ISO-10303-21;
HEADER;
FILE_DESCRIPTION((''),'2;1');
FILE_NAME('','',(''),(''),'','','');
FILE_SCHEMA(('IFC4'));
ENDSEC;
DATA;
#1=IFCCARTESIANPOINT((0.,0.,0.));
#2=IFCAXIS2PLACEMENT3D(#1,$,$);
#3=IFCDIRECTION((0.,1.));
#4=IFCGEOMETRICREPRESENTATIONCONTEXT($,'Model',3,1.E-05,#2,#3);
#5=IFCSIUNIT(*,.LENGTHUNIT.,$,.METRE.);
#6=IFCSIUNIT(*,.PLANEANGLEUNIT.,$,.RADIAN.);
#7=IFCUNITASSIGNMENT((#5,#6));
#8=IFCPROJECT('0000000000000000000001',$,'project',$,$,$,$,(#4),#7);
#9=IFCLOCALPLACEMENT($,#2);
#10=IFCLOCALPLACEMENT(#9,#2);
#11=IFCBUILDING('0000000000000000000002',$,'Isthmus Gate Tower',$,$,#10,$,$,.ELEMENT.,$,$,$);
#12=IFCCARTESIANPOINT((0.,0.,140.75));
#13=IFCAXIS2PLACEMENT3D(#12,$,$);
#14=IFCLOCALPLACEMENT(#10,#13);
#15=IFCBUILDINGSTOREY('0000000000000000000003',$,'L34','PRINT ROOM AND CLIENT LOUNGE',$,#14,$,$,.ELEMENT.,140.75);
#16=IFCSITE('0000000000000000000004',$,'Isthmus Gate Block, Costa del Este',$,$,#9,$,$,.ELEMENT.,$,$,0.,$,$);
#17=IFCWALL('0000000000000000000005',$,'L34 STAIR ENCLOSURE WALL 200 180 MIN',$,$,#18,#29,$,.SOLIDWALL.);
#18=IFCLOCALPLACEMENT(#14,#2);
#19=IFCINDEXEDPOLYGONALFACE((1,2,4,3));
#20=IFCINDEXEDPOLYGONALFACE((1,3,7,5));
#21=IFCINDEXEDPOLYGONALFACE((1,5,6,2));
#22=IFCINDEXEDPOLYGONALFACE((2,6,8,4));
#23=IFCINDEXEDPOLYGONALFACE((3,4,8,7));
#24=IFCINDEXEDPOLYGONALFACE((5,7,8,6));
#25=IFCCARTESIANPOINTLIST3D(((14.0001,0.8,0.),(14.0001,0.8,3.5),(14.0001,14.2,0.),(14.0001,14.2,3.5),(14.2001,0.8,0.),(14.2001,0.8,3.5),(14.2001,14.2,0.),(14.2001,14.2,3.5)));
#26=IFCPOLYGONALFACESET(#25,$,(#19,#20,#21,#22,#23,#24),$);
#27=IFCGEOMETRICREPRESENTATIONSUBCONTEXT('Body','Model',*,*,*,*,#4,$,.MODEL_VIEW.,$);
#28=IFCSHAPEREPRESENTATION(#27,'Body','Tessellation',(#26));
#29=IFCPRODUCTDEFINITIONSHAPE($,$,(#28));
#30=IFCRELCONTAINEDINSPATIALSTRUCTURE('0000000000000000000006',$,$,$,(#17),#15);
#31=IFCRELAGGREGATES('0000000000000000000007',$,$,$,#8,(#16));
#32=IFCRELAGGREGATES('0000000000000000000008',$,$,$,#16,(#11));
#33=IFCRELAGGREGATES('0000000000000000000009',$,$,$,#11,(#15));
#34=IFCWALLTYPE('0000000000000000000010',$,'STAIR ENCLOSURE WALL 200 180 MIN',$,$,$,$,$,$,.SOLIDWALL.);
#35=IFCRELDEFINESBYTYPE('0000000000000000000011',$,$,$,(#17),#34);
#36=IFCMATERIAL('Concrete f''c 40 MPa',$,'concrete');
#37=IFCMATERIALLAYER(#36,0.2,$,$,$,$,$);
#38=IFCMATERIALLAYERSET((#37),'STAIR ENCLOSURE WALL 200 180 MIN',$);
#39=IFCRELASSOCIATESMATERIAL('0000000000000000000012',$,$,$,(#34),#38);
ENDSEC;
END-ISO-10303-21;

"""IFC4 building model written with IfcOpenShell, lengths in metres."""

from ifc_helpers import new_model, si_unit, direction, frame, frame_2d, origin, place, context, subcontext, project, spatial, rectangle, extrude, material, layer, layer_set, type_object, element, save


model = new_model("IFC4")

# Units and contexts
model_context = context("Model", 3, precision=1e-05, world=origin(), true_north=direction((0.0, 1.0)))
body_context = subcontext(model_context, "Body", "Model", "MODEL_VIEW")
ifc_project = project(units=[si_unit("LENGTHUNIT", "METRE"), si_unit("PLANEANGLEUNIT", "RADIAN")], contexts=[model_context])

# Site, building, storey
site_placement = place(None, origin())
site = spatial("IfcSite", under=ifc_project, at=site_placement, Name="Isthmus Gate Block, Costa del Este", CompositionType="ELEMENT", RefElevation=0.0)
building_placement = place(site_placement, origin())
building = spatial("IfcBuilding", under=site, at=building_placement, Name="Isthmus Gate Tower", CompositionType="ELEMENT")
storey_placement = place(building_placement, frame((0.0, 0.0, 140.75)))
storey = spatial("IfcBuildingStorey", under=building, at=storey_placement, Name="L34", Description="PRINT ROOM AND CLIENT LOUNGE", CompositionType="ELEMENT", Elevation=140.75)

# Wall
ifc_material_1 = material(Name="Concrete f'c 40 MPa", Category="concrete")
ifc_layer_1 = layer(ifc_material_1, 0.2)
ifc_layer_set_1 = layer_set([ifc_layer_1], Name="STAIR ENCLOSURE WALL 200 180 MIN")
wall_type_1 = type_object("IfcWallType", Name="STAIR ENCLOSURE WALL 200 180 MIN", PredefinedType="SOLIDWALL", material=ifc_layer_set_1)
wall_1_placement = place(storey_placement, frame((14.1001, 0.8, 0.0), z_axis=(0.0, 0.0, 1.0), x_axis=(0.0, 1.0, 0.0)))
element("IfcWall", 1, at=wall_1_placement, inside=storey, type_object=wall_type_1, Name="L34 STAIR ENCLOSURE WALL 200 180 MIN", PredefinedType="SOLIDWALL", context=body_context, shape_type="SweptSolid", body=[
    extrude(rectangle(XDim=13.3999, YDim=0.2, at=frame_2d((6.7, 0.0))), origin(), (0.0, 0.0, 1.0), 3.5),
])

save(model, "model.ifc")
